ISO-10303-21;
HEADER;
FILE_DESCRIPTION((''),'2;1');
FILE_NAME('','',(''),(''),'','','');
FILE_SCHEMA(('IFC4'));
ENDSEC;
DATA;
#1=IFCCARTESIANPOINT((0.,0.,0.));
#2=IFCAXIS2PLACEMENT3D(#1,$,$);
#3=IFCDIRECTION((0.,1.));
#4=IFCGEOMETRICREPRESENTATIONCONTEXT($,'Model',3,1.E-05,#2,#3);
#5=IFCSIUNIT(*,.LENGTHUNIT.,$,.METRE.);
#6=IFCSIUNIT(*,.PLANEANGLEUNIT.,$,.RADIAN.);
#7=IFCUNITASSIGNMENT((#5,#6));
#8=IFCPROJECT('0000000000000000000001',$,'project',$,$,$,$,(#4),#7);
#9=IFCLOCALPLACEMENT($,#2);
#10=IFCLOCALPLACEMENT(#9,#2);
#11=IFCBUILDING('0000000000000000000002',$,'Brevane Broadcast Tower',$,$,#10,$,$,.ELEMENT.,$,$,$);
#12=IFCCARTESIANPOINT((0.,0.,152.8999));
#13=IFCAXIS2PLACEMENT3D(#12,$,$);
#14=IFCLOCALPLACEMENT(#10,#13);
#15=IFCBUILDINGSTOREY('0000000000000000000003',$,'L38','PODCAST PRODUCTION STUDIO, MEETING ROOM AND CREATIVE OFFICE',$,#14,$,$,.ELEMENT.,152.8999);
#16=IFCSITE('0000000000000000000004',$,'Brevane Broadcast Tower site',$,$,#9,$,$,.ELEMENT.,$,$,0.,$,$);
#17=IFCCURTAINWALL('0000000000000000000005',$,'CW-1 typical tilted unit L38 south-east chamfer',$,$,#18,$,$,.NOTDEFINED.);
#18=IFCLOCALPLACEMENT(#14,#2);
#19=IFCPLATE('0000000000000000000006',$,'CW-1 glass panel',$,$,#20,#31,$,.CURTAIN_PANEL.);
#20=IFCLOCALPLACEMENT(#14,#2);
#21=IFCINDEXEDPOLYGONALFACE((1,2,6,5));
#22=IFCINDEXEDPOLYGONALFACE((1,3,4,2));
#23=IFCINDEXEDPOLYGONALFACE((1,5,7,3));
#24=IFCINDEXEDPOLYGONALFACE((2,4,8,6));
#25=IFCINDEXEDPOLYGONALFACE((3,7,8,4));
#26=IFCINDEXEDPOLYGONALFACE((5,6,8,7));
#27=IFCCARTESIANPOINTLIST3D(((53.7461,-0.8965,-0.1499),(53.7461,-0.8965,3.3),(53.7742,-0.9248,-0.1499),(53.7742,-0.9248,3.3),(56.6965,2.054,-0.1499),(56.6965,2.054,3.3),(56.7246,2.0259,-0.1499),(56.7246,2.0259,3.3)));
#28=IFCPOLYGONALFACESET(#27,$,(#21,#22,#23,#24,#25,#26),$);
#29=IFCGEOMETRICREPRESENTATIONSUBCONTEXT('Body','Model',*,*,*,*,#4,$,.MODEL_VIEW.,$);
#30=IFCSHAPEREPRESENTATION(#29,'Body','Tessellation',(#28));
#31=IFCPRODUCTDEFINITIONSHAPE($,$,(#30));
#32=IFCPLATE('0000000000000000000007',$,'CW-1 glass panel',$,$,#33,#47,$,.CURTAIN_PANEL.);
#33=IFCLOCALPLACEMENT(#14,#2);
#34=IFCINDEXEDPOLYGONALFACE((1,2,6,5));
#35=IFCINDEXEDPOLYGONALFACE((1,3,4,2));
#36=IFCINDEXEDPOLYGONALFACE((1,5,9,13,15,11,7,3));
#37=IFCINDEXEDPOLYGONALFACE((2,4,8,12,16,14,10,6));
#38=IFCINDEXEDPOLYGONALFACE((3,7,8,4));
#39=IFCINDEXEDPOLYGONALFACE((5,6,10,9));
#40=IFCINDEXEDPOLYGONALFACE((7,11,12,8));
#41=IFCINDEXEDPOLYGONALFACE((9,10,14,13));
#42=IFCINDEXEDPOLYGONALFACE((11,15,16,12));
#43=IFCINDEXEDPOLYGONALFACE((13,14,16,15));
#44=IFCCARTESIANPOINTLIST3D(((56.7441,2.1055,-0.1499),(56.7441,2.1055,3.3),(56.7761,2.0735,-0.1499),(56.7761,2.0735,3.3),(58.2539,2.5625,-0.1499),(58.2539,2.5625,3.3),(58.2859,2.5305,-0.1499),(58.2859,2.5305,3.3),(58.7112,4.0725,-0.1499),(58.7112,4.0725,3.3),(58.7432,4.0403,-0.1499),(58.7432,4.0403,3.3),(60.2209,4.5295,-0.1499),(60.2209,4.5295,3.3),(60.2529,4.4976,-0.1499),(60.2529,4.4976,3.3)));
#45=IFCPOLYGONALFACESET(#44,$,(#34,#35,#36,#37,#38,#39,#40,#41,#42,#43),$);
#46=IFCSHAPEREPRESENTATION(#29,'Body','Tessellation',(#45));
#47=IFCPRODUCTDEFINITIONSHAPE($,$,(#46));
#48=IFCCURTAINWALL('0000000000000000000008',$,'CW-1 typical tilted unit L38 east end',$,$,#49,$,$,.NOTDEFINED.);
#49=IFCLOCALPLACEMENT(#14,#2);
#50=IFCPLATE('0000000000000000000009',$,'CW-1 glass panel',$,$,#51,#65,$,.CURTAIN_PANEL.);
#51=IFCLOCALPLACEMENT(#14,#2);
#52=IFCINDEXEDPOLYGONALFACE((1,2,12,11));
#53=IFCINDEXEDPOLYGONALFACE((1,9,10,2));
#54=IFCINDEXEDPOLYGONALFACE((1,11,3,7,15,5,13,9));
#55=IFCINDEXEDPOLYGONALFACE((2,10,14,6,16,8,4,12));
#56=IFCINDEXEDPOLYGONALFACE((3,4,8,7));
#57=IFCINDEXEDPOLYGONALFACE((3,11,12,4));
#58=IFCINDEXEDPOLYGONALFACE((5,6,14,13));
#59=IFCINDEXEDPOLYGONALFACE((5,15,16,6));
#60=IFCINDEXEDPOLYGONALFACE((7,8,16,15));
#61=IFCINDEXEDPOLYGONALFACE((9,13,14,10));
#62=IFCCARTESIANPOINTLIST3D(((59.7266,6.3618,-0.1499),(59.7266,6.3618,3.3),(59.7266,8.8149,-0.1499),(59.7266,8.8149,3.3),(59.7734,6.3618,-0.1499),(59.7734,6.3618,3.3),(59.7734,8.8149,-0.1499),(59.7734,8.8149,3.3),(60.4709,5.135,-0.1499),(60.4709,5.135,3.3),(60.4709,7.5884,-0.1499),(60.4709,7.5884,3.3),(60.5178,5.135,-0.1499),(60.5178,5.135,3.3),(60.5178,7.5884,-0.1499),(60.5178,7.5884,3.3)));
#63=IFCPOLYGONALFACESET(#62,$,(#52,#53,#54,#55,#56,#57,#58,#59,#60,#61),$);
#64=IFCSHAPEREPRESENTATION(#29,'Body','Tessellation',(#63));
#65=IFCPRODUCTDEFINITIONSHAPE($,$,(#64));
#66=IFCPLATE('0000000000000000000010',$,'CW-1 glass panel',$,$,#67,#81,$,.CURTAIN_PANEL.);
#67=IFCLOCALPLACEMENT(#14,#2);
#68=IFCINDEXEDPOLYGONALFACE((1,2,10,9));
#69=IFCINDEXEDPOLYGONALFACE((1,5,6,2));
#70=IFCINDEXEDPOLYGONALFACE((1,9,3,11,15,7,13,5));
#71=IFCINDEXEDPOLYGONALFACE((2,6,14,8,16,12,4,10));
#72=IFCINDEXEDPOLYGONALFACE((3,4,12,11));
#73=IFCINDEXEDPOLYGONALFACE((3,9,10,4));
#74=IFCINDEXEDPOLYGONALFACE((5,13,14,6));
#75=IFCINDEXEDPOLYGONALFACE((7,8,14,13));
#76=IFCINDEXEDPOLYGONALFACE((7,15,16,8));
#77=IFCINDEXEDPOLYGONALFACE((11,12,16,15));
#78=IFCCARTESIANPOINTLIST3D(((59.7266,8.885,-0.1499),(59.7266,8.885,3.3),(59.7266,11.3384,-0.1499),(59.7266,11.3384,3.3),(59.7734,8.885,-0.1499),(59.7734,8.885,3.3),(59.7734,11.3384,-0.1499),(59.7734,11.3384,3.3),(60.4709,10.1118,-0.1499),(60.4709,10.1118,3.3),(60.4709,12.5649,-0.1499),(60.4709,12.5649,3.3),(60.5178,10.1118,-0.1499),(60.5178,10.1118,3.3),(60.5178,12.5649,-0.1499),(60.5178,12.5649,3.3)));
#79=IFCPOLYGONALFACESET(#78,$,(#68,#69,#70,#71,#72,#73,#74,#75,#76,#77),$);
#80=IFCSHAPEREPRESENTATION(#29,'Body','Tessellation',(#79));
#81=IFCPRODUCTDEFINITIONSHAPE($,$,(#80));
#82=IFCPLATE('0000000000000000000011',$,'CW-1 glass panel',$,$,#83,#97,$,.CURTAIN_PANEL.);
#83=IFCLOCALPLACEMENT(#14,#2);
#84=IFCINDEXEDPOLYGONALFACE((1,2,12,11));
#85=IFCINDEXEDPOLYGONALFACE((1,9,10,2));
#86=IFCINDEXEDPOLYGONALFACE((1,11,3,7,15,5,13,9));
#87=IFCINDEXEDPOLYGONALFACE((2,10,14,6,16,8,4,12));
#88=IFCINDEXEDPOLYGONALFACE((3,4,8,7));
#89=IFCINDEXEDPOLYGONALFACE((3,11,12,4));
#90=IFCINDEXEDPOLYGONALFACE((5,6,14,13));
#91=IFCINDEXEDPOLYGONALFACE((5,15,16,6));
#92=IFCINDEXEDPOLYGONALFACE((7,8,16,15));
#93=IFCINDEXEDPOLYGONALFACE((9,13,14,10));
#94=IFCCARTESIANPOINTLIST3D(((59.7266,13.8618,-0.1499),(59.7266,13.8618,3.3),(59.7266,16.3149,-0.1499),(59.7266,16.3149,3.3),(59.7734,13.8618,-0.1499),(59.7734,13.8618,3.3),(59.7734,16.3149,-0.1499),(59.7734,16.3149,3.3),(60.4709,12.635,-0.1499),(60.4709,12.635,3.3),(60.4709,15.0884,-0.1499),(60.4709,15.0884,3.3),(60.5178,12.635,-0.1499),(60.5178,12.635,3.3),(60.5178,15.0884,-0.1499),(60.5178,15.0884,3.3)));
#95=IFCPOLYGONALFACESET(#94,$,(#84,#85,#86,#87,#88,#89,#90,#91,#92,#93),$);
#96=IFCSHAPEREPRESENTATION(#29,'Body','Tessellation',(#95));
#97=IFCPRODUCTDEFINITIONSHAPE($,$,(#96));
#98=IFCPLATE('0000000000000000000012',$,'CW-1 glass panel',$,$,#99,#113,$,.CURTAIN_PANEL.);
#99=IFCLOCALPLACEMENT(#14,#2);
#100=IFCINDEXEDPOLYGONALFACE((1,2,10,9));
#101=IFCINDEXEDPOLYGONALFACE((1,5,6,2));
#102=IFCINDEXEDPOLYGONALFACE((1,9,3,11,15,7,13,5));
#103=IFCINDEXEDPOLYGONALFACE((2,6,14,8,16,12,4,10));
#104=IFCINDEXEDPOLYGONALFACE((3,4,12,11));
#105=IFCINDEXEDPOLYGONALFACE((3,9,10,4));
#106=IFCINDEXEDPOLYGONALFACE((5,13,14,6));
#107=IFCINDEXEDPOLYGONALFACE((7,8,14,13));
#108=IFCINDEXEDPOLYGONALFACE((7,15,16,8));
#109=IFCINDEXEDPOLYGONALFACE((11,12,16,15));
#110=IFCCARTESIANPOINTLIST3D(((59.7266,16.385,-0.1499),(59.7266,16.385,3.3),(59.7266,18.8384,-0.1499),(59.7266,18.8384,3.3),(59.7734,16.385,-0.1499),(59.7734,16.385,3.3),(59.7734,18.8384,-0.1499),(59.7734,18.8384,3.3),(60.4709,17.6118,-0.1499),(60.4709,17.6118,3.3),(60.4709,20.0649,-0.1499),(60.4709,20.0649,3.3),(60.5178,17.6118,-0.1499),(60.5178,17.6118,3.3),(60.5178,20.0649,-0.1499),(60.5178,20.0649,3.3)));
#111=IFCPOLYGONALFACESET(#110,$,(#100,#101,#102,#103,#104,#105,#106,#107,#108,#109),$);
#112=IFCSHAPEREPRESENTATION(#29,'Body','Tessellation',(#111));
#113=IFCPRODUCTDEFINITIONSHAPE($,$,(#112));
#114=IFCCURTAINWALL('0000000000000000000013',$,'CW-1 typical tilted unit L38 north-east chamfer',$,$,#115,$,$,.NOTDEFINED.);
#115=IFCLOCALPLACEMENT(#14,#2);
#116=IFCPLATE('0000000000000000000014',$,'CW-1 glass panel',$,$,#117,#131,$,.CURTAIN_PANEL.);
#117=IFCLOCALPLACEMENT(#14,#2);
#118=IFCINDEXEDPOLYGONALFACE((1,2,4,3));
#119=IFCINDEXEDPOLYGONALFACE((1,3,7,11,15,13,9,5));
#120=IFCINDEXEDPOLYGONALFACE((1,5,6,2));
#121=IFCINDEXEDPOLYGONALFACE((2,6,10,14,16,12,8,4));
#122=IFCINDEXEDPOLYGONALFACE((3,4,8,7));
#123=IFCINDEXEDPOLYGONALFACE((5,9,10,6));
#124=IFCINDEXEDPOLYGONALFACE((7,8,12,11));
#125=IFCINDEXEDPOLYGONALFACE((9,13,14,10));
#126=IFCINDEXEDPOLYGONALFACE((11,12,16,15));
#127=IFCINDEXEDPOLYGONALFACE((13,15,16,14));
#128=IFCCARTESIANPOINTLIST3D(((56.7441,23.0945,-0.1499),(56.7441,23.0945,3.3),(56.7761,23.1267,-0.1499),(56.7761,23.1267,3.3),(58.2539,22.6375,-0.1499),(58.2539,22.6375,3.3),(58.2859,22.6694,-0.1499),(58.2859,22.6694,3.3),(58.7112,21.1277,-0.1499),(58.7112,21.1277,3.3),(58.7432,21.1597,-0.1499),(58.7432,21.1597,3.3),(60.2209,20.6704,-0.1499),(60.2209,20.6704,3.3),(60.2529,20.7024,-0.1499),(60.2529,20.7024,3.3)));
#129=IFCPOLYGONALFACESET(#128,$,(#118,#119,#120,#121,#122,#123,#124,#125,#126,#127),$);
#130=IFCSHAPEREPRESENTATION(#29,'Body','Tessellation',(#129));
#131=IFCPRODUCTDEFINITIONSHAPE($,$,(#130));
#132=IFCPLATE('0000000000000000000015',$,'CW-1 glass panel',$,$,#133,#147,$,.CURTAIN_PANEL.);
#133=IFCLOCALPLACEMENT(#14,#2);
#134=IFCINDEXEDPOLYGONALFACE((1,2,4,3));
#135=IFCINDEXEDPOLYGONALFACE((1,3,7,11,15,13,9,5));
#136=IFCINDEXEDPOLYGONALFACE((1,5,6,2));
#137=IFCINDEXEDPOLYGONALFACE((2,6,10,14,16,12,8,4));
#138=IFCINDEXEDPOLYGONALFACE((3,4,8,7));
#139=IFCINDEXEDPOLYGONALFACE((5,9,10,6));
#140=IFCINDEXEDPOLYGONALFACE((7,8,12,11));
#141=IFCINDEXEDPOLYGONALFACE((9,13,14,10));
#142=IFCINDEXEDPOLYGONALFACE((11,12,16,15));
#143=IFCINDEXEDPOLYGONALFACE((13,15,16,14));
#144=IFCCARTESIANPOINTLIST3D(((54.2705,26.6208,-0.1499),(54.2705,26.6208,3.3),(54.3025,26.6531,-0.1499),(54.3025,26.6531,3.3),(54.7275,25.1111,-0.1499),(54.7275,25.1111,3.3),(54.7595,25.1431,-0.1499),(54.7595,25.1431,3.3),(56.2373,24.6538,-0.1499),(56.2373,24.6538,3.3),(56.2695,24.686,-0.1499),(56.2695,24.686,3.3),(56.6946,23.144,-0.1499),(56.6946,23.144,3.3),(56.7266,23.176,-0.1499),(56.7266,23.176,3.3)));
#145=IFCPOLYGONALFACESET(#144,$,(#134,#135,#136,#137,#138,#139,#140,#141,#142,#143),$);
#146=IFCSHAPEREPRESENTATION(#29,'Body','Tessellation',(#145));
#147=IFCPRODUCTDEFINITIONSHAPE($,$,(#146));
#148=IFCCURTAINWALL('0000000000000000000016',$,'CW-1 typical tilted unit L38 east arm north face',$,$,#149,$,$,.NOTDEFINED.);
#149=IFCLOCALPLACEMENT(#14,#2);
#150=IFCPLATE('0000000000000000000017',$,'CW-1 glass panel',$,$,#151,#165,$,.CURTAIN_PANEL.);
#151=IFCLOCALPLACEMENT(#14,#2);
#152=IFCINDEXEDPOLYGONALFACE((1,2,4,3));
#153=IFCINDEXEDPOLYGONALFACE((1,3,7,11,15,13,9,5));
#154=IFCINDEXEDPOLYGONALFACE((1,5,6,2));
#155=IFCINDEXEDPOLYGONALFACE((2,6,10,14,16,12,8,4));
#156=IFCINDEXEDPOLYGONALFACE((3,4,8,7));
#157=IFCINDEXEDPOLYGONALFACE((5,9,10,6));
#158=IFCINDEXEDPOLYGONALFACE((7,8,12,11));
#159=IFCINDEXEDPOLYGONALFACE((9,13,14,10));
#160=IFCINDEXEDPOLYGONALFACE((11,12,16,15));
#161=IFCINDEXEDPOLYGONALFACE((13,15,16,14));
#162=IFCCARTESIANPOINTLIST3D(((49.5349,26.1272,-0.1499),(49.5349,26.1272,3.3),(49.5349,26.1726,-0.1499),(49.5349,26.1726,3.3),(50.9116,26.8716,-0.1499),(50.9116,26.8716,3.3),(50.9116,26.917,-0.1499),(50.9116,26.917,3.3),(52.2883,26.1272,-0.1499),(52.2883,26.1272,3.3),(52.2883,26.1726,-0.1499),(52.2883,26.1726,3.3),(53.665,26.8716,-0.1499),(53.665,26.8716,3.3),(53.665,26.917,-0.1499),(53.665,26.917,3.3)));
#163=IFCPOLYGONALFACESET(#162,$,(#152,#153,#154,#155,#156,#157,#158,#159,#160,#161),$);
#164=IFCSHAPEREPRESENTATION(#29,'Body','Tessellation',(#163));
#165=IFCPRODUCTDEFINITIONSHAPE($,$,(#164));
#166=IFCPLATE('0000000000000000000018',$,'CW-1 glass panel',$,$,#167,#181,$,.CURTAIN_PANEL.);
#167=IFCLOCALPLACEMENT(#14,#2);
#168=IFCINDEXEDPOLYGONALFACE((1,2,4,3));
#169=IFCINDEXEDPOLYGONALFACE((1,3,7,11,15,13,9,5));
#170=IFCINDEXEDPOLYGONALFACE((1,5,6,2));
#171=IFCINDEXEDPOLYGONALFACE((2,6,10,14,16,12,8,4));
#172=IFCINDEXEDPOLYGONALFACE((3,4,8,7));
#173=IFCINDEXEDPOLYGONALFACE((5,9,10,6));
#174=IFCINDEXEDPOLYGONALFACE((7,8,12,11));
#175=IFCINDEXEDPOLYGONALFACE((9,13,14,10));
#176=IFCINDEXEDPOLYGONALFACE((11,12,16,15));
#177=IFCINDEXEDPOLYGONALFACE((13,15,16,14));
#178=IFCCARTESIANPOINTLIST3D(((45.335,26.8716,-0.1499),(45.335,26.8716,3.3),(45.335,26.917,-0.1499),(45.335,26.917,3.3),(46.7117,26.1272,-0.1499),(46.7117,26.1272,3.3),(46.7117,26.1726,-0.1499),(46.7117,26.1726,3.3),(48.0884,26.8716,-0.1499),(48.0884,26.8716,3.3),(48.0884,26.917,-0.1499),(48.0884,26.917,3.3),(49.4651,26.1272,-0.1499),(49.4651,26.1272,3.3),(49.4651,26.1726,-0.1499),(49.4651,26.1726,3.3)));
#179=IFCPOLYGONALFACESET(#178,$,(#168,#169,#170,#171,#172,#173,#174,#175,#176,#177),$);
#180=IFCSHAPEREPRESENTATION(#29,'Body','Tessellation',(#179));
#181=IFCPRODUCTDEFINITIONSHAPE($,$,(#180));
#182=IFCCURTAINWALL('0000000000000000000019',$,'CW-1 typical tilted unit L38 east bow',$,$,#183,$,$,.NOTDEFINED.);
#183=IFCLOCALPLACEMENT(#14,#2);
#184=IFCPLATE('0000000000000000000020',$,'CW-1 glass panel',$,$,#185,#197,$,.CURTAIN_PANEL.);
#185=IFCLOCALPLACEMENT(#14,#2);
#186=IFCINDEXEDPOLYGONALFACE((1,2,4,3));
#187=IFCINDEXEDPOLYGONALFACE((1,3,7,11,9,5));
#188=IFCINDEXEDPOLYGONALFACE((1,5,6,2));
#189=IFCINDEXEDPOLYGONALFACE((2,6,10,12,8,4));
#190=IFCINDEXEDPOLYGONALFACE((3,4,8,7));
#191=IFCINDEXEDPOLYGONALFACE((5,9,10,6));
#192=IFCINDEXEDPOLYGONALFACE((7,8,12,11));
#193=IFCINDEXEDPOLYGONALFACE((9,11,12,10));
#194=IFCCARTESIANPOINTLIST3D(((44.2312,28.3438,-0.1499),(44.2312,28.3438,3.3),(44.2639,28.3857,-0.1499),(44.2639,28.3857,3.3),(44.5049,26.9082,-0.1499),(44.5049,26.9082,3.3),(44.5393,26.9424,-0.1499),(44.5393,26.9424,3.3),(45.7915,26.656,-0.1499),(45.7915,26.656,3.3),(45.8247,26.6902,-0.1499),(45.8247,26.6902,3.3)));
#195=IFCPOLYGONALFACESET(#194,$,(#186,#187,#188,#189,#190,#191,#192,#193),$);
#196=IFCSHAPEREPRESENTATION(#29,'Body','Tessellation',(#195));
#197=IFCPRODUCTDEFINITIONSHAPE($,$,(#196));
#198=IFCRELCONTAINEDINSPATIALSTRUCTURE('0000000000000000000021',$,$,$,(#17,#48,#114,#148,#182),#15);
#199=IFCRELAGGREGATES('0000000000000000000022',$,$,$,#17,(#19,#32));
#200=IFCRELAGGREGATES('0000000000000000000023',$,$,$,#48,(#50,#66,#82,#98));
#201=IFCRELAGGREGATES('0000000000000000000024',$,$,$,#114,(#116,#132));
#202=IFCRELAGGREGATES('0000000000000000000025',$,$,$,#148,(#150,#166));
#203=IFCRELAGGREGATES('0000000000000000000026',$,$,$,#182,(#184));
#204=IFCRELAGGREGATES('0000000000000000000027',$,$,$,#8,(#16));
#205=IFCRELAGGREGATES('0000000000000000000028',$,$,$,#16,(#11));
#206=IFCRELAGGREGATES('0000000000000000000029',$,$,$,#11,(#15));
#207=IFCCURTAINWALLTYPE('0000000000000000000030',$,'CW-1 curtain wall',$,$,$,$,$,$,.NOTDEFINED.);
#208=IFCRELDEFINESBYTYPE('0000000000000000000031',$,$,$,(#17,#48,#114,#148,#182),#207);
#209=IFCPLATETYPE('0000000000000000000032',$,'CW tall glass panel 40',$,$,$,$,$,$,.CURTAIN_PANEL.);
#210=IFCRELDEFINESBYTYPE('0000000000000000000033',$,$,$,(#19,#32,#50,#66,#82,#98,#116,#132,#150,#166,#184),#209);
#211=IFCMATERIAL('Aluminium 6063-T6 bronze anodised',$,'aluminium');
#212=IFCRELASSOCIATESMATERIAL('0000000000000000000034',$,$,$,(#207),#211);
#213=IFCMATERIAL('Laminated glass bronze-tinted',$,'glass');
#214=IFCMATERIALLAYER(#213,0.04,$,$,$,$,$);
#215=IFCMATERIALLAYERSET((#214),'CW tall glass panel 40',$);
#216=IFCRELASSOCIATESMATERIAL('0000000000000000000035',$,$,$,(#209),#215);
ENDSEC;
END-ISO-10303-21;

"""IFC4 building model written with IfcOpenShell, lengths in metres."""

from ifc_helpers import new_model, si_unit, direction, frame, origin, place, context, subcontext, project, spatial, polyline, outline, extrude, material, layer, layer_set, type_object, element, aggregate, save


model = new_model("IFC4")

# Units and contexts
model_context = context("Model", 3, precision=1e-05, world=origin(), true_north=direction((0.0, 1.0)))
body_context = subcontext(model_context, "Body", "Model", "MODEL_VIEW")
ifc_project = project(units=[si_unit("LENGTHUNIT", "METRE"), si_unit("PLANEANGLEUNIT", "RADIAN")], contexts=[model_context])

# Site, building, storey
site_placement = place(None, origin())
site = spatial("IfcSite", under=ifc_project, at=site_placement, Name="Brevane Broadcast Tower site", CompositionType="ELEMENT", RefElevation=0.0)
building_placement = place(site_placement, origin())
building = spatial("IfcBuilding", under=site, at=building_placement, Name="Brevane Broadcast Tower", CompositionType="ELEMENT")
storey_placement = place(building_placement, frame((0.0, 0.0, 152.8999)))
storey = spatial("IfcBuildingStorey", under=building, at=storey_placement, Name="L38", Description="PODCAST PRODUCTION STUDIO, MEETING ROOM AND CREATIVE OFFICE", CompositionType="ELEMENT", Elevation=152.8999)

# Curtain walls, plates
ifc_material_1 = material(Name="Aluminium 6063-T6 bronze anodised", Category="aluminium")
curtain_wall_type = type_object("IfcCurtainWallType", Name="CW-1 curtain wall", PredefinedType="NOTDEFINED", material=ifc_material_1)
ifc_material_2 = material(Name="Laminated glass bronze-tinted", Category="glass")
ifc_layer = layer(ifc_material_2, 0.04)
ifc_layer_set = layer_set([ifc_layer], Name="CW tall glass panel 40")
plate_type = type_object("IfcPlateType", Name="CW tall glass panel 40", PredefinedType="CURTAIN_PANEL", material=ifc_layer_set)
curtain_wall_1_placement = place(storey_placement, origin())
curtain_wall_1 = element("IfcCurtainWall", 1, at=curtain_wall_1_placement, inside=storey, type_object=curtain_wall_type, Name="CW-1 typical tilted unit L38 south-east chamfer", PredefinedType="NOTDEFINED")
plate_1_placement = place(storey_placement, frame((0.0, 0.0, -0.1499)))
plate_1 = element("IfcPlate", 2, at=plate_1_placement, type_object=plate_type, Name="CW-1 glass panel", PredefinedType="CURTAIN_PANEL", context=body_context, shape_type="SweptSolid", body=[
    extrude(outline(polyline([(53.7461, -0.8965), (56.6965, 2.054), (56.7246, 2.0259), (53.7742, -0.9248), (53.7461, -0.8965)])), origin(), (0.0, 0.0, 1.0), 3.45),
])
plate_2_placement = place(storey_placement, frame((0.0, 0.0, -0.1499)))
plate_2 = element("IfcPlate", 3, at=plate_2_placement, type_object=plate_type, Name="CW-1 glass panel", PredefinedType="CURTAIN_PANEL", context=body_context, shape_type="SweptSolid", body=[
    extrude(outline(polyline([(56.7441, 2.1055), (56.7761, 2.0735), (58.2859, 2.5305), (58.7432, 4.0403), (60.2529, 4.4976), (60.2209, 4.5295), (58.7112, 4.0725), (58.2539, 2.5625), (56.7441, 2.1055)])), origin(), (0.0, 0.0, 1.0), 3.45),
])
aggregate(curtain_wall_1, [plate_1, plate_2])
curtain_wall_2_placement = place(storey_placement, origin())
curtain_wall_2 = element("IfcCurtainWall", 4, at=curtain_wall_2_placement, inside=storey, type_object=curtain_wall_type, Name="CW-1 typical tilted unit L38 east end", PredefinedType="NOTDEFINED")
plate_3_placement = place(storey_placement, frame((0.0, 0.0, -0.1499)))
plate_3 = element("IfcPlate", 5, at=plate_3_placement, type_object=plate_type, Name="CW-1 glass panel", PredefinedType="CURTAIN_PANEL", context=body_context, shape_type="SweptSolid", body=[
    extrude(outline(polyline([(60.4709, 5.135), (60.5178, 5.135), (59.7734, 6.3618), (60.5178, 7.5884), (59.7734, 8.8149), (59.7266, 8.8149), (60.4709, 7.5884), (59.7266, 6.3618), (60.4709, 5.135)])), origin(), (0.0, 0.0, 1.0), 3.45),
])
plate_4_placement = place(storey_placement, frame((0.0, 0.0, -0.1499)))
plate_4 = element("IfcPlate", 6, at=plate_4_placement, type_object=plate_type, Name="CW-1 glass panel", PredefinedType="CURTAIN_PANEL", context=body_context, shape_type="SweptSolid", body=[
    extrude(outline(polyline([(59.7266, 8.885), (59.7734, 8.885), (60.5178, 10.1118), (59.7734, 11.3384), (60.5178, 12.5649), (60.4709, 12.5649), (59.7266, 11.3384), (60.4709, 10.1118), (59.7266, 8.885)])), origin(), (0.0, 0.0, 1.0), 3.45),
])
plate_5_placement = place(storey_placement, frame((0.0, 0.0, -0.1499)))
plate_5 = element("IfcPlate", 7, at=plate_5_placement, type_object=plate_type, Name="CW-1 glass panel", PredefinedType="CURTAIN_PANEL", context=body_context, shape_type="SweptSolid", body=[
    extrude(outline(polyline([(60.4709, 12.635), (60.5178, 12.635), (59.7734, 13.8618), (60.5178, 15.0884), (59.7734, 16.3149), (59.7266, 16.3149), (60.4709, 15.0884), (59.7266, 13.8618), (60.4709, 12.635)])), origin(), (0.0, 0.0, 1.0), 3.45),
])
plate_6_placement = place(storey_placement, frame((0.0, 0.0, -0.1499)))
plate_6 = element("IfcPlate", 8, at=plate_6_placement, type_object=plate_type, Name="CW-1 glass panel", PredefinedType="CURTAIN_PANEL", context=body_context, shape_type="SweptSolid", body=[
    extrude(outline(polyline([(59.7266, 16.385), (59.7734, 16.385), (60.5178, 17.6118), (59.7734, 18.8384), (60.5178, 20.0649), (60.4709, 20.0649), (59.7266, 18.8384), (60.4709, 17.6118), (59.7266, 16.385)])), origin(), (0.0, 0.0, 1.0), 3.45),
])
aggregate(curtain_wall_2, [plate_3, plate_4, plate_5, plate_6])
curtain_wall_3_placement = place(storey_placement, origin())
curtain_wall_3 = element("IfcCurtainWall", 9, at=curtain_wall_3_placement, inside=storey, type_object=curtain_wall_type, Name="CW-1 typical tilted unit L38 north-east chamfer", PredefinedType="NOTDEFINED")
plate_7_placement = place(storey_placement, frame((0.0, 0.0, -0.1499)))
plate_7 = element("IfcPlate", 10, at=plate_7_placement, type_object=plate_type, Name="CW-1 glass panel", PredefinedType="CURTAIN_PANEL", context=body_context, shape_type="SweptSolid", body=[
    extrude(outline(polyline([(60.2209, 20.6704), (60.2529, 20.7024), (58.7432, 21.1597), (58.2859, 22.6694), (56.7761, 23.1267), (56.7441, 23.0945), (58.2539, 22.6375), (58.7112, 21.1277), (60.2209, 20.6704)])), origin(), (0.0, 0.0, 1.0), 3.45),
])
plate_8_placement = place(storey_placement, frame((0.0, 0.0, -0.1499)))
plate_8 = element("IfcPlate", 11, at=plate_8_placement, type_object=plate_type, Name="CW-1 glass panel", PredefinedType="CURTAIN_PANEL", context=body_context, shape_type="SweptSolid", body=[
    extrude(outline(polyline([(56.6946, 23.144), (56.7266, 23.176), (56.2695, 24.686), (54.7595, 25.1431), (54.3025, 26.6531), (54.2705, 26.6208), (54.7275, 25.1111), (56.2373, 24.6538), (56.6946, 23.144)])), origin(), (0.0, 0.0, 1.0), 3.45),
])
aggregate(curtain_wall_3, [plate_7, plate_8])
curtain_wall_4_placement = place(storey_placement, origin())
curtain_wall_4 = element("IfcCurtainWall", 12, at=curtain_wall_4_placement, inside=storey, type_object=curtain_wall_type, Name="CW-1 typical tilted unit L38 east arm north face", PredefinedType="NOTDEFINED")
plate_9_placement = place(storey_placement, frame((0.0, 0.0, -0.1499)))
plate_9 = element("IfcPlate", 13, at=plate_9_placement, type_object=plate_type, Name="CW-1 glass panel", PredefinedType="CURTAIN_PANEL", context=body_context, shape_type="SweptSolid", body=[
    extrude(outline(polyline([(53.665, 26.8716), (53.665, 26.917), (52.2883, 26.1726), (50.9116, 26.917), (49.5349, 26.1726), (49.5349, 26.1272), (50.9116, 26.8716), (52.2883, 26.1272), (53.665, 26.8716)])), origin(), (0.0, 0.0, 1.0), 3.45),
])
plate_10_placement = place(storey_placement, frame((0.0, 0.0, -0.1499)))
plate_10 = element("IfcPlate", 14, at=plate_10_placement, type_object=plate_type, Name="CW-1 glass panel", PredefinedType="CURTAIN_PANEL", context=body_context, shape_type="SweptSolid", body=[
    extrude(outline(polyline([(49.4651, 26.1272), (49.4651, 26.1726), (48.0884, 26.917), (46.7117, 26.1726), (45.335, 26.917), (45.335, 26.8716), (46.7117, 26.1272), (48.0884, 26.8716), (49.4651, 26.1272)])), origin(), (0.0, 0.0, 1.0), 3.45),
])
aggregate(curtain_wall_4, [plate_9, plate_10])
curtain_wall_5_placement = place(storey_placement, origin())
curtain_wall_5 = element("IfcCurtainWall", 15, at=curtain_wall_5_placement, inside=storey, type_object=curtain_wall_type, Name="CW-1 typical tilted unit L38 east bow", PredefinedType="NOTDEFINED")
plate_11_placement = place(storey_placement, frame((0.0, 0.0, -0.1499)))
plate_11 = element("IfcPlate", 16, at=plate_11_placement, type_object=plate_type, Name="CW-1 glass panel", PredefinedType="CURTAIN_PANEL", context=body_context, shape_type="SweptSolid", body=[
    extrude(outline(polyline([(45.7915, 26.656), (45.8247, 26.6902), (44.5393, 26.9424), (44.2639, 28.3857), (44.2312, 28.3438), (44.5049, 26.9082), (45.7915, 26.656)])), origin(), (0.0, 0.0, 1.0), 3.45),
])
aggregate(curtain_wall_5, [plate_11])

save(model, "model.ifc")
